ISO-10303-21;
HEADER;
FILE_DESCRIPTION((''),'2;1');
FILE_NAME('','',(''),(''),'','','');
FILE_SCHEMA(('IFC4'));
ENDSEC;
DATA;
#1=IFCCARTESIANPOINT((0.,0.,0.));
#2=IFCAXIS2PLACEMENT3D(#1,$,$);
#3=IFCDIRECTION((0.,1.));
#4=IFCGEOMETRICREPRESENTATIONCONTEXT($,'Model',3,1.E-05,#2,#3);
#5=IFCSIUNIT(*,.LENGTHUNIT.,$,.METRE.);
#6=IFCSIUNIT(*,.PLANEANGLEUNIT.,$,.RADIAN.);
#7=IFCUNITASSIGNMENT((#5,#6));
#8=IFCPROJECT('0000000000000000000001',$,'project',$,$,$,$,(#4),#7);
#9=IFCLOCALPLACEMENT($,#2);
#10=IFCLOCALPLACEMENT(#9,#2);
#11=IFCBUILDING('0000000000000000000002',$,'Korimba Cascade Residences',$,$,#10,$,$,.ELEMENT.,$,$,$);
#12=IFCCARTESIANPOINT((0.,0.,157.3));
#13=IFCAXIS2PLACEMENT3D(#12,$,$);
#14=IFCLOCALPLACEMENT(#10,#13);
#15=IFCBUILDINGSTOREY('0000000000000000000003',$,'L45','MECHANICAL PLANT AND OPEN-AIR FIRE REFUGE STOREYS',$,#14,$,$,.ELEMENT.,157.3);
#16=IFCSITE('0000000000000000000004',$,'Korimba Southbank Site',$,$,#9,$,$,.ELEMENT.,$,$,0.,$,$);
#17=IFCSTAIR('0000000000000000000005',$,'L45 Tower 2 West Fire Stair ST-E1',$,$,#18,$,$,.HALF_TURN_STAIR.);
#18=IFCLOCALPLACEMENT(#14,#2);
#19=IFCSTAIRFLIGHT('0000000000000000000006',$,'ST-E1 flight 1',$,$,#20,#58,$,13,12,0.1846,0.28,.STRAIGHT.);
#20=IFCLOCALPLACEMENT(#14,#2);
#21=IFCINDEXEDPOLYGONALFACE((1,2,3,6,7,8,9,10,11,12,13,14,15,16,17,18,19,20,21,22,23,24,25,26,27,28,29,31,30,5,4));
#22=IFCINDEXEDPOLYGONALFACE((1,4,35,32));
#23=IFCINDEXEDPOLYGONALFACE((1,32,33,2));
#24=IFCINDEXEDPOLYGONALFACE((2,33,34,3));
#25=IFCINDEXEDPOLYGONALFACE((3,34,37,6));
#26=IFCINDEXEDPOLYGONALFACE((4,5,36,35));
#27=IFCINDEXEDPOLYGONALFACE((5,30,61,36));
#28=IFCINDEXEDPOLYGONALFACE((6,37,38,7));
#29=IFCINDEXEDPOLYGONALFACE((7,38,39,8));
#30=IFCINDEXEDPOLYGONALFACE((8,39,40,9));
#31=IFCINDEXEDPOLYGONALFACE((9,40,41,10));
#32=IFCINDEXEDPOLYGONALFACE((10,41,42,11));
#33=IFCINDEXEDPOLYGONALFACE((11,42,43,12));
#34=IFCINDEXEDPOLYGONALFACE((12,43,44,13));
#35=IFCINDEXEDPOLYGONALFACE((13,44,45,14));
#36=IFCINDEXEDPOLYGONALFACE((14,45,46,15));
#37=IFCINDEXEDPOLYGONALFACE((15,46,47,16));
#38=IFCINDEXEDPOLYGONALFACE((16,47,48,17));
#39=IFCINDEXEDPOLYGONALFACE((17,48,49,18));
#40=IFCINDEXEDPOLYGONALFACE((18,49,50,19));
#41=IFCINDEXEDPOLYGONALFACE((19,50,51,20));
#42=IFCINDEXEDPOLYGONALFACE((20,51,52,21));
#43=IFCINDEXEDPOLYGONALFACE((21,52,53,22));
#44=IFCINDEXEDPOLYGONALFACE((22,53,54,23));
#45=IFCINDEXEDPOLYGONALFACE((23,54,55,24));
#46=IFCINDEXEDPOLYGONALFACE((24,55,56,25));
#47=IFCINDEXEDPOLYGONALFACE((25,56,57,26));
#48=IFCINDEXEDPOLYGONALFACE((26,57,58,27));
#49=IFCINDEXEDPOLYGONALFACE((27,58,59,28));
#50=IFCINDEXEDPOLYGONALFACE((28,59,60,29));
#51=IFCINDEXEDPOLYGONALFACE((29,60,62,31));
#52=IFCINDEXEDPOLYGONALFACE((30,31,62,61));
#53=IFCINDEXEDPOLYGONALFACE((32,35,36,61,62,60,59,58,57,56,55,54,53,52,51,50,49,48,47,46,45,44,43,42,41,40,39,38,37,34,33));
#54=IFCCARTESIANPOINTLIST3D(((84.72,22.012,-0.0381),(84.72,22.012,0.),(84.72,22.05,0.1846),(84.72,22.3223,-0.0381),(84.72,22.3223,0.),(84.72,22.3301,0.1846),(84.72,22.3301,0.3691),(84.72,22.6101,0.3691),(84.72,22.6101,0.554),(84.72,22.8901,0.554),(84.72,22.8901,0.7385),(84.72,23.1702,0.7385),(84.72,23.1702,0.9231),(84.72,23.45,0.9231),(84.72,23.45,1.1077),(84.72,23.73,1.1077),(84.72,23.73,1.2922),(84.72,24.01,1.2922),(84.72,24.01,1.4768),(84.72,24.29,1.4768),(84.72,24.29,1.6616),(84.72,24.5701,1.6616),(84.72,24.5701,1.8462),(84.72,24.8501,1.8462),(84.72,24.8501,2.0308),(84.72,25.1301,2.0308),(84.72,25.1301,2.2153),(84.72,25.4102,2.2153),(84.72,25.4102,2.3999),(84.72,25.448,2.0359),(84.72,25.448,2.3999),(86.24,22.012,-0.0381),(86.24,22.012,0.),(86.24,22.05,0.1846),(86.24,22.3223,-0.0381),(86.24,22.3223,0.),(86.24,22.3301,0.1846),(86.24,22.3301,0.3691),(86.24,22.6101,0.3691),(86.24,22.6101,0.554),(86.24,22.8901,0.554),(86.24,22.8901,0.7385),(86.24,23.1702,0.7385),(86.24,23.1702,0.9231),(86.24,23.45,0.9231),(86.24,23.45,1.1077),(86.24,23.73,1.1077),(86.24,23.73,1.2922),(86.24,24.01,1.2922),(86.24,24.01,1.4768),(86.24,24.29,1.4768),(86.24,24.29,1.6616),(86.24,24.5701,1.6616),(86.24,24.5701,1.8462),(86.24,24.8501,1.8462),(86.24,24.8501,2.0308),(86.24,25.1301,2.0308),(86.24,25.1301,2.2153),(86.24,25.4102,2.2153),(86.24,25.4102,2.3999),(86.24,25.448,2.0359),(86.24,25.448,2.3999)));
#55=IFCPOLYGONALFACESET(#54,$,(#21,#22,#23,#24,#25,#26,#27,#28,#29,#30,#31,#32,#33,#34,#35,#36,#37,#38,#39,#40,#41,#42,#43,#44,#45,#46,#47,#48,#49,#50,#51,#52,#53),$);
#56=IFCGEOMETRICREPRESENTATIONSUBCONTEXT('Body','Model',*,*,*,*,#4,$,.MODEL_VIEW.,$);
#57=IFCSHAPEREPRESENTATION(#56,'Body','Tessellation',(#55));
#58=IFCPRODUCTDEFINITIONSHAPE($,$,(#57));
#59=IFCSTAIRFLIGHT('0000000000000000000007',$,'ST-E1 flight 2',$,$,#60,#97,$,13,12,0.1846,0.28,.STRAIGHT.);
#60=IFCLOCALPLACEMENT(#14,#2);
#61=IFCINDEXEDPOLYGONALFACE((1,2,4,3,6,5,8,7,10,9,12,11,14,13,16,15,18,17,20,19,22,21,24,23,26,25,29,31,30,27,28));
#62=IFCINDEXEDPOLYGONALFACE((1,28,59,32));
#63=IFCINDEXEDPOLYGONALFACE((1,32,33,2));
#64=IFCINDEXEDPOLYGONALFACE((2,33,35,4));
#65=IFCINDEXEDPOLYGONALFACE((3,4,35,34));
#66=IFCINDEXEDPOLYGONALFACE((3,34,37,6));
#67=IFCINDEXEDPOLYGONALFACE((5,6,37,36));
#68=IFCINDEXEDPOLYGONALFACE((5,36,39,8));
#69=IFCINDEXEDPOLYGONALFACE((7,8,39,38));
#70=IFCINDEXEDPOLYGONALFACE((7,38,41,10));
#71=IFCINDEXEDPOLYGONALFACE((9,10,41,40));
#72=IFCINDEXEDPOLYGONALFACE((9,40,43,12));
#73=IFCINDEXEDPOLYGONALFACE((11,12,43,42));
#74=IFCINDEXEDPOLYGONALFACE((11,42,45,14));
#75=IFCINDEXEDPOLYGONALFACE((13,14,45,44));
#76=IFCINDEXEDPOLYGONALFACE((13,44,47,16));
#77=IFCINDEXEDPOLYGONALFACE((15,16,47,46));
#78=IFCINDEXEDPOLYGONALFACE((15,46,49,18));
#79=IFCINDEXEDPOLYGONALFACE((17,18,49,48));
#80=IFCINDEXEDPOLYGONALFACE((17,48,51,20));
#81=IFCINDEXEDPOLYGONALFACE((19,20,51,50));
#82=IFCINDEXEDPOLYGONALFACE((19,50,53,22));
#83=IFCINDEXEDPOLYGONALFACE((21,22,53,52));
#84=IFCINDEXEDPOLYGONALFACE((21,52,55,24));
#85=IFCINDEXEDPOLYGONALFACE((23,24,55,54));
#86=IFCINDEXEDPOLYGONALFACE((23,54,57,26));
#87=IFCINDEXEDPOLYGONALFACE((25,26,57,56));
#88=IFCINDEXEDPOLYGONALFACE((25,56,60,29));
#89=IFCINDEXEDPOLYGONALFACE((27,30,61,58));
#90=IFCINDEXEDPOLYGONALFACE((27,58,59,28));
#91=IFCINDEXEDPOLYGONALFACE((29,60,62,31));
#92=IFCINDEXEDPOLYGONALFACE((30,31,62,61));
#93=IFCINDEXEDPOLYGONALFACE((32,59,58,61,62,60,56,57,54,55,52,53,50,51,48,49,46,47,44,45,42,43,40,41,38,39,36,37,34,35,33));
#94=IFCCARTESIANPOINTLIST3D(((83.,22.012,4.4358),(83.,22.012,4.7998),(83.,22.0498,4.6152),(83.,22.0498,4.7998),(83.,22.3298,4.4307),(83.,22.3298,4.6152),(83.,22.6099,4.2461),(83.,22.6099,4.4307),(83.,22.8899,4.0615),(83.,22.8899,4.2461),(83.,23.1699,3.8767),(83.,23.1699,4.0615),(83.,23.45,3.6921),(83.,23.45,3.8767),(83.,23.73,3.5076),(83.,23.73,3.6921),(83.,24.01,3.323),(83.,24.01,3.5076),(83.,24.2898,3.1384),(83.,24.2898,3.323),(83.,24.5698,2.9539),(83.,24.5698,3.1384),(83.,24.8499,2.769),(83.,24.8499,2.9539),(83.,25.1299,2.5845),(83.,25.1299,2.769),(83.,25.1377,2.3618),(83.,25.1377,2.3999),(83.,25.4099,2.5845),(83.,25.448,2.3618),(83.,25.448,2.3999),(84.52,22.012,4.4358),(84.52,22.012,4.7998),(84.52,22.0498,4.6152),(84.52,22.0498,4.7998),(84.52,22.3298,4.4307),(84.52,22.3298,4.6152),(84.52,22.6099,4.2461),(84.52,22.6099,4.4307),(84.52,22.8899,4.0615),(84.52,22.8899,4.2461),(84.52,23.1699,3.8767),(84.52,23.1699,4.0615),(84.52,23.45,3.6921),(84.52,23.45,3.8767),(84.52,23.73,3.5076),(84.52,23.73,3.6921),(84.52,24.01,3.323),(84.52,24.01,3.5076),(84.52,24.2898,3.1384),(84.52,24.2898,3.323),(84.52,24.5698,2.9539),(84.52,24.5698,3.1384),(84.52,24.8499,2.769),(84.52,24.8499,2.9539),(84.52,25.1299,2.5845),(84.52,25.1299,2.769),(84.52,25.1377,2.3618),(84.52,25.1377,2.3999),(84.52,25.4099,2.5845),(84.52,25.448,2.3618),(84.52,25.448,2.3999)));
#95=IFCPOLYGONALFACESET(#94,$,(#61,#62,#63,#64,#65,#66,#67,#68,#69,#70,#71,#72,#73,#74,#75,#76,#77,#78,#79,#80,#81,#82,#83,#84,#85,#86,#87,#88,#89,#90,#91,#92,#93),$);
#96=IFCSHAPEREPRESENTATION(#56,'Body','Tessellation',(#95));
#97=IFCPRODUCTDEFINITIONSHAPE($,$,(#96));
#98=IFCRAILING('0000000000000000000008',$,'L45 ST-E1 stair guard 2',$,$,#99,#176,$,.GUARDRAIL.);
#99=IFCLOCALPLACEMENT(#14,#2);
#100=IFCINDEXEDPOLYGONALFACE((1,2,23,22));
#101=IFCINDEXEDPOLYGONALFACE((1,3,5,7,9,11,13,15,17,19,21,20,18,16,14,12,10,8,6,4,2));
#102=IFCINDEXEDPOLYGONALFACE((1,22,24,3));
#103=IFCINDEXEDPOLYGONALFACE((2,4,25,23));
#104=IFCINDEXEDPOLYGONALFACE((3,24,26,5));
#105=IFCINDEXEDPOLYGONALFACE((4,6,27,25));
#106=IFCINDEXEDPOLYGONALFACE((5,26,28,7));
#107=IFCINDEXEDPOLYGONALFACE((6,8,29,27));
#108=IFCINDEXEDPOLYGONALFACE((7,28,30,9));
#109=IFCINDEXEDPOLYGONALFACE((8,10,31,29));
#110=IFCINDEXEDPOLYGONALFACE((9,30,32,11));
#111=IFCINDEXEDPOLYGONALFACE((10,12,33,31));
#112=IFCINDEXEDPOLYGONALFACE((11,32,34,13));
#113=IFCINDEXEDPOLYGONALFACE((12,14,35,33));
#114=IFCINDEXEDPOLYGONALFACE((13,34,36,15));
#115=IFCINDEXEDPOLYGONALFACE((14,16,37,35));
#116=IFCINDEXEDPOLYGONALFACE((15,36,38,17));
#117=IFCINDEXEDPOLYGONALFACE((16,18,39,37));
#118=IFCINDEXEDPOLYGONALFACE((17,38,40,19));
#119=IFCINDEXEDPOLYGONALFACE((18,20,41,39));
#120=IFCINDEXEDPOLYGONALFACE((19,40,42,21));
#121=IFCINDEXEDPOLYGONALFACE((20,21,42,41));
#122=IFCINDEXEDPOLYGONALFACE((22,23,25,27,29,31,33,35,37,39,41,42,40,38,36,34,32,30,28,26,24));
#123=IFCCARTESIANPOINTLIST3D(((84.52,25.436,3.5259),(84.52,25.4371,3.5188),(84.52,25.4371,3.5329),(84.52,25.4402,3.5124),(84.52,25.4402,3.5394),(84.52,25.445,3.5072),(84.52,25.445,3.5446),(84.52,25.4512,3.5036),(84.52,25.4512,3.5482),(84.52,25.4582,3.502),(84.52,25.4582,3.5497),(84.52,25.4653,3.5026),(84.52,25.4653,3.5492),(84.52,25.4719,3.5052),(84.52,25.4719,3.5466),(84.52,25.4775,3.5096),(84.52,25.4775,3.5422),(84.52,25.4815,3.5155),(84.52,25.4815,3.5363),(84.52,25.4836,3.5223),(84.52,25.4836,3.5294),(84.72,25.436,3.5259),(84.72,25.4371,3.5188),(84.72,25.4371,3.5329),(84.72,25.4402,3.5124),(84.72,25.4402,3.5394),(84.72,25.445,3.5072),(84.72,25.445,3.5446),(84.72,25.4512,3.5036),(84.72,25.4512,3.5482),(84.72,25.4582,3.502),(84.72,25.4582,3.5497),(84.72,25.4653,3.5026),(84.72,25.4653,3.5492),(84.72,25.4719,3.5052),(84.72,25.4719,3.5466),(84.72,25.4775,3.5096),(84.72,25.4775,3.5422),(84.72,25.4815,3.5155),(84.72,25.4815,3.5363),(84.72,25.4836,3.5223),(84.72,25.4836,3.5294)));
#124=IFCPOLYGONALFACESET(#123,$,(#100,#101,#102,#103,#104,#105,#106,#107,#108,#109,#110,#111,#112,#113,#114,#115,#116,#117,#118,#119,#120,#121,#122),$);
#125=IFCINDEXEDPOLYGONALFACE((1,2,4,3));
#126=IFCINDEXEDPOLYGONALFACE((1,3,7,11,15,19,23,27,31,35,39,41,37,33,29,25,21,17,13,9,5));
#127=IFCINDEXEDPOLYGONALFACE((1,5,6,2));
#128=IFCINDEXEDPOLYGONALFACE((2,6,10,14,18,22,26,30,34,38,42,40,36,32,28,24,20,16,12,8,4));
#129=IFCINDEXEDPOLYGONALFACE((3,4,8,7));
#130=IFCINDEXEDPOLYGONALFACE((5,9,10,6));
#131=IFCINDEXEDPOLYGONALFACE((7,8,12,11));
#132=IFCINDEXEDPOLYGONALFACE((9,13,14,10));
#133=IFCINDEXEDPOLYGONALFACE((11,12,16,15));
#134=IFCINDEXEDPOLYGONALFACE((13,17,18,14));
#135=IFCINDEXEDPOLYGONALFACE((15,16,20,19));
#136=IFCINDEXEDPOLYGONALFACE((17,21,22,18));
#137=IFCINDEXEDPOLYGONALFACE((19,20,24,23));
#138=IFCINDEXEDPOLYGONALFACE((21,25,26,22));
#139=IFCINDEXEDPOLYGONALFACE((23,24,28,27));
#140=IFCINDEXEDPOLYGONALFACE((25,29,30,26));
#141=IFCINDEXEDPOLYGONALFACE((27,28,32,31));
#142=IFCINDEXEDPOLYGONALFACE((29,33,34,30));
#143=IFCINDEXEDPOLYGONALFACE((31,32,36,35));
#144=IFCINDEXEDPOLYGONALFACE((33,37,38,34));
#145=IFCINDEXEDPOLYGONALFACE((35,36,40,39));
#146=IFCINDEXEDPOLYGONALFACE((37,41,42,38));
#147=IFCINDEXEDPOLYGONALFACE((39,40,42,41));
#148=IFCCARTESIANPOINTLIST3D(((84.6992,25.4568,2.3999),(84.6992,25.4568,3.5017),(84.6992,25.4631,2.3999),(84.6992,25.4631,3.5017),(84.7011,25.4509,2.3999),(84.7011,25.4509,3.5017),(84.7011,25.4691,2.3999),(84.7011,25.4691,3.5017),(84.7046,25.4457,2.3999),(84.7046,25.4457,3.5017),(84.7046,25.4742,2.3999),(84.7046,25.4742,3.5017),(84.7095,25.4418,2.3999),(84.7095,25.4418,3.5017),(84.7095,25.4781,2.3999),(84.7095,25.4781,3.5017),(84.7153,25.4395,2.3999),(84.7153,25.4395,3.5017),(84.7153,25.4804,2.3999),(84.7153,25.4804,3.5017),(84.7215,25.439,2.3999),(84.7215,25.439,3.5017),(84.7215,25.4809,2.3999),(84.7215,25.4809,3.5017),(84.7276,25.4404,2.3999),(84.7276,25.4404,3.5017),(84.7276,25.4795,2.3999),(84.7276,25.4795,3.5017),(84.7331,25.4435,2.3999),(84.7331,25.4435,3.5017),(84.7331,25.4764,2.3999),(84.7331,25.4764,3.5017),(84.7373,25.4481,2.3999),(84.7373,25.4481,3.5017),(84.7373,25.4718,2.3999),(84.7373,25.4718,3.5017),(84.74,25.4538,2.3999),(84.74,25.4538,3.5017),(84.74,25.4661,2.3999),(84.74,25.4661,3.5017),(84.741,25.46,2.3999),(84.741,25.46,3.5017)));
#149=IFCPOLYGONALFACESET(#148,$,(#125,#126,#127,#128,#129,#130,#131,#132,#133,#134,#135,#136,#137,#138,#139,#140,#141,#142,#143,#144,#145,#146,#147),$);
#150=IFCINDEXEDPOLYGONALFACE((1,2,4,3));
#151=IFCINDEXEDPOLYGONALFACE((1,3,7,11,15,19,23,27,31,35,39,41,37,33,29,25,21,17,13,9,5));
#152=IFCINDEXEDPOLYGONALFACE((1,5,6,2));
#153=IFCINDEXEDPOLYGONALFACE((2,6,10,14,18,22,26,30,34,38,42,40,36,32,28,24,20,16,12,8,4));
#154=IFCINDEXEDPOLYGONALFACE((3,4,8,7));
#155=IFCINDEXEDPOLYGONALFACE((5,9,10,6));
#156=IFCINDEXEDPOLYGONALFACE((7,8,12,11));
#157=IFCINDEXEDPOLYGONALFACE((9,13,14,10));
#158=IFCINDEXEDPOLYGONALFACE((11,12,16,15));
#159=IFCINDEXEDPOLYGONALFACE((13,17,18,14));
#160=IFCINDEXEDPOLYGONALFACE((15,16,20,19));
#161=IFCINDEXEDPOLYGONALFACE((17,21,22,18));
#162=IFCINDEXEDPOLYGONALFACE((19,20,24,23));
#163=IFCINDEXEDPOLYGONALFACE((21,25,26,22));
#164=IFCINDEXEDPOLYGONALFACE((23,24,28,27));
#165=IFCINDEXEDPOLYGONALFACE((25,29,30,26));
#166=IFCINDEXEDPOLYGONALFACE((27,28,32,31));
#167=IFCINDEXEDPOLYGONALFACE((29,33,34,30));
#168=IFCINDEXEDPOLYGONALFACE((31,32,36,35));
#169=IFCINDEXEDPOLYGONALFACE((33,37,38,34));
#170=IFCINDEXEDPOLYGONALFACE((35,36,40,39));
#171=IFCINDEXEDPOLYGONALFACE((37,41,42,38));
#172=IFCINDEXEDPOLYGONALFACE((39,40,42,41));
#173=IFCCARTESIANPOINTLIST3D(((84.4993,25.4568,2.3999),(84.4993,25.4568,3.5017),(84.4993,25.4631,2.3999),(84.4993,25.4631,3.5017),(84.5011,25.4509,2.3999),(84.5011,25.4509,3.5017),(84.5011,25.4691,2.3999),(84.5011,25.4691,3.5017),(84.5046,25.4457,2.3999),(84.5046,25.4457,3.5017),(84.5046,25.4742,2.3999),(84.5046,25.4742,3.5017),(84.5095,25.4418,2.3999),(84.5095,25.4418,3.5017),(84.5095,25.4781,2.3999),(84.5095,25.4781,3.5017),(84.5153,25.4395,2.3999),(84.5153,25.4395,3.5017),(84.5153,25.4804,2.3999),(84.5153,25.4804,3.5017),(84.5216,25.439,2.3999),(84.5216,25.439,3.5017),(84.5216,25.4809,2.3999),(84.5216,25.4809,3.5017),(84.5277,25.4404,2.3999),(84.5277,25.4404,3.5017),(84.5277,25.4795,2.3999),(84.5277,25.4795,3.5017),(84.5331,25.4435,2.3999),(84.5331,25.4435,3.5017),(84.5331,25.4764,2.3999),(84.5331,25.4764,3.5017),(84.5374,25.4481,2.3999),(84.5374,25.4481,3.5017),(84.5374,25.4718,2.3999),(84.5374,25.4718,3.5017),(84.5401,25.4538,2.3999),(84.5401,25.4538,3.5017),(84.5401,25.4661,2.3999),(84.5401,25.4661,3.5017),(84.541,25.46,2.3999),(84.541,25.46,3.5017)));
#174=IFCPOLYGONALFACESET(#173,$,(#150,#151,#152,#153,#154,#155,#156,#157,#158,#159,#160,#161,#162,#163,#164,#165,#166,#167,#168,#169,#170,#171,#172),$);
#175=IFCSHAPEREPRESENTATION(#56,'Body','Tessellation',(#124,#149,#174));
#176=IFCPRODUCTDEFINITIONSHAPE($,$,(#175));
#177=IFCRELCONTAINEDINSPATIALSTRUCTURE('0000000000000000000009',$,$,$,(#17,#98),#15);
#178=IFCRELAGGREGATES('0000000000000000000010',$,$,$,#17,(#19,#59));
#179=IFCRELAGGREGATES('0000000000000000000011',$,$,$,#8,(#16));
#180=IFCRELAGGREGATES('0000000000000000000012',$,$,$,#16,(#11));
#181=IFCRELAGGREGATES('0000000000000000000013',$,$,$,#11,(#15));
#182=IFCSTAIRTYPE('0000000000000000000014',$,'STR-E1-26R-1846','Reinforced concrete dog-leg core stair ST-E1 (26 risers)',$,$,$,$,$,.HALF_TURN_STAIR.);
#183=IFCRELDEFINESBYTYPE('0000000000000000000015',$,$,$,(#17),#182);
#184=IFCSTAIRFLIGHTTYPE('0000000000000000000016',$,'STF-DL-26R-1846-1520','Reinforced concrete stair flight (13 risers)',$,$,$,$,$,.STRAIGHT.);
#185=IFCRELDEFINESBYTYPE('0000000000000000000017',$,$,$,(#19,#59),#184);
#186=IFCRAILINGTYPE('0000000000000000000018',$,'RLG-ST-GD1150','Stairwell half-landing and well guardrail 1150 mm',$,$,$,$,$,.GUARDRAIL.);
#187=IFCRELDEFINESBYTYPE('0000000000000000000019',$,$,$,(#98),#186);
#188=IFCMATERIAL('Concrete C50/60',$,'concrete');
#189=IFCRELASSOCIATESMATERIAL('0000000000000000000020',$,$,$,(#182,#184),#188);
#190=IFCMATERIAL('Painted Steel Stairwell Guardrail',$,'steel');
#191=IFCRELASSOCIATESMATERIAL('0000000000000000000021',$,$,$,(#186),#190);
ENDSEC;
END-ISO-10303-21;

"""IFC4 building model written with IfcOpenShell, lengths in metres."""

from ifc_helpers import new_model, si_unit, direction, frame, origin, origin_2d, place, context, subcontext, project, spatial, polyline, circle, outline, extrude, material, type_object, element, aggregate, save


model = new_model("IFC4")

# Units and contexts
model_context = context("Model", 3, precision=1e-05, world=origin(), true_north=direction((0.0, 1.0)))
body_context = subcontext(model_context, "Body", "Model", "MODEL_VIEW")
ifc_project = project(units=[si_unit("LENGTHUNIT", "METRE"), si_unit("PLANEANGLEUNIT", "RADIAN")], contexts=[model_context])

# Site, building, storey
site_placement = place(None, origin())
site = spatial("IfcSite", under=ifc_project, at=site_placement, Name="Korimba Southbank Site", CompositionType="ELEMENT", RefElevation=0.0)
building_placement = place(site_placement, origin())
building = spatial("IfcBuilding", under=site, at=building_placement, Name="Korimba Cascade Residences", CompositionType="ELEMENT")
storey_placement = place(building_placement, frame((0.0, 0.0, 157.3)))
storey = spatial("IfcBuildingStorey", under=building, at=storey_placement, Name="L45", Description="MECHANICAL PLANT AND OPEN-AIR FIRE REFUGE STOREYS", CompositionType="ELEMENT", Elevation=157.3)

# Shared definitions
ifc_material_1 = material(Name="Concrete C50/60", Category="concrete")

# Stair, stair flights
stair_type = type_object("IfcStairType", Name="STR-E1-26R-1846", Description="Reinforced concrete dog-leg core stair ST-E1 (26 risers)", PredefinedType="HALF_TURN_STAIR", material=ifc_material_1)
stair_placement = place(storey_placement, origin())
stair = element("IfcStair", 1, at=stair_placement, inside=storey, type_object=stair_type, Name="L45 Tower 2 West Fire Stair ST-E1", PredefinedType="HALF_TURN_STAIR")
stair_flight_type = type_object("IfcStairFlightType", Name="STF-DL-26R-1846-1520", Description="Reinforced concrete stair flight (13 risers)", PredefinedType="STRAIGHT", material=ifc_material_1)
stair_flight_1_placement = place(storey_placement, frame((85.48, 22.05, 0.0), z_axis=(0.0, 0.0, 1.0), x_axis=(0.0, 1.0, 0.0)))
stair_flight_1 = element("IfcStairFlight", 2, at=stair_flight_1_placement, type_object=stair_flight_type, Name="ST-E1 flight 1", NumberOfRisers=13, NumberOfTreads=12, PredefinedType="STRAIGHT", RiserHeight=0.1846, TreadLength=0.28, context=body_context, shape_type="SweptSolid", body=[
    extrude(outline(polyline([(-0.0381, 0.0), (0.0, 0.1846), (0.28, 0.1846), (0.28, 0.3691), (0.5601, 0.3691), (0.5601, 0.554), (0.8401, 0.554), (0.8401, 0.7385), (1.1201, 0.7385), (1.1201, 0.9231), (1.3999, 0.9231), (1.3999, 1.1077), (1.6799, 1.1077), (1.6799, 1.2922), (1.96, 1.2922), (1.96, 1.4768), (2.24, 1.4768), (2.24, 1.6616), (2.52, 1.6616), (2.52, 1.8462), (2.8, 1.8462), (2.8, 2.0308), (3.0801, 2.0308), (3.0801, 2.2153), (3.3601, 2.2153), (3.3601, 2.3999), (3.3979, 2.3999), (3.3979, 2.0359), (0.2722, 0.0), (0.2722, -0.0381), (-0.0381, -0.0381), (-0.0381, 0.0)])), frame((0.0, 0.76, 0.0), z_axis=(0.0, -1.0, 0.0), x_axis=(1.0, 0.0, 0.0)), (0.0, 0.0, 1.0), 1.52),
])
stair_flight_2_placement = place(storey_placement, frame((83.76, 25.4099, 2.3999), z_axis=(0.0, 0.0, 1.0), x_axis=(0.0, -1.0, 0.0)))
stair_flight_2 = element("IfcStairFlight", 3, at=stair_flight_2_placement, type_object=stair_flight_type, Name="ST-E1 flight 2", NumberOfRisers=13, NumberOfTreads=12, PredefinedType="STRAIGHT", RiserHeight=0.1846, TreadLength=0.28, context=body_context, shape_type="SweptSolid", body=[
    extrude(outline(polyline([(-0.0381, 0.0), (0.0, 0.1846), (0.28, 0.1846), (0.28, 0.3691), (0.5601, 0.3691), (0.5601, 0.554), (0.8401, 0.554), (0.8401, 0.7385), (1.1201, 0.7385), (1.1201, 0.9231), (1.3999, 0.9231), (1.3999, 1.1077), (1.6799, 1.1077), (1.6799, 1.2922), (1.96, 1.2922), (1.96, 1.4768), (2.24, 1.4768), (2.24, 1.6616), (2.52, 1.6616), (2.52, 1.8462), (2.8, 1.8462), (2.8, 2.0308), (3.0801, 2.0308), (3.0801, 2.2153), (3.3601, 2.2153), (3.3601, 2.3999), (3.3979, 2.3999), (3.3979, 2.0359), (0.2722, 0.0), (0.2722, -0.0381), (-0.0381, -0.0381), (-0.0381, 0.0)])), frame((0.0, 0.76, 0.0), z_axis=(0.0, -1.0, 0.0), x_axis=(1.0, 0.0, 0.0)), (0.0, 0.0, 1.0), 1.52),
])
aggregate(stair, [stair_flight_1, stair_flight_2])

# Railing
ifc_material_2 = material(Name="Painted Steel Stairwell Guardrail", Category="steel")
railing_type_1 = type_object("IfcRailingType", Name="RLG-ST-GD1150", Description="Stairwell half-landing and well guardrail 1150 mm", PredefinedType="GUARDRAIL", material=ifc_material_2)
railing_1_placement = place(storey_placement, frame((84.72, 25.46, 2.3999)))
element("IfcRailing", 4, at=railing_1_placement, inside=storey, type_object=railing_type_1, Name="L45 ST-E1 stair guard 2", PredefinedType="GUARDRAIL", context=body_context, shape_type="SweptSolid", body=[
    extrude(circle(Radius=0.0239, at=origin_2d()), frame((0.0, 0.0, 1.126), z_axis=(-1.0, 0.0, 0.0), x_axis=(0.0, -1.0, 0.0)), (0.0, 0.0, 1.0), 0.2),
    extrude(circle(Radius=0.021, at=origin_2d()), origin(), (0.0, 0.0, 1.0), 1.1018),
    extrude(circle(Radius=0.021, at=origin_2d()), frame((-0.2, 0.0, 0.0)), (0.0, 0.0, 1.0), 1.1018),
])

save(model, "model.ifc")
